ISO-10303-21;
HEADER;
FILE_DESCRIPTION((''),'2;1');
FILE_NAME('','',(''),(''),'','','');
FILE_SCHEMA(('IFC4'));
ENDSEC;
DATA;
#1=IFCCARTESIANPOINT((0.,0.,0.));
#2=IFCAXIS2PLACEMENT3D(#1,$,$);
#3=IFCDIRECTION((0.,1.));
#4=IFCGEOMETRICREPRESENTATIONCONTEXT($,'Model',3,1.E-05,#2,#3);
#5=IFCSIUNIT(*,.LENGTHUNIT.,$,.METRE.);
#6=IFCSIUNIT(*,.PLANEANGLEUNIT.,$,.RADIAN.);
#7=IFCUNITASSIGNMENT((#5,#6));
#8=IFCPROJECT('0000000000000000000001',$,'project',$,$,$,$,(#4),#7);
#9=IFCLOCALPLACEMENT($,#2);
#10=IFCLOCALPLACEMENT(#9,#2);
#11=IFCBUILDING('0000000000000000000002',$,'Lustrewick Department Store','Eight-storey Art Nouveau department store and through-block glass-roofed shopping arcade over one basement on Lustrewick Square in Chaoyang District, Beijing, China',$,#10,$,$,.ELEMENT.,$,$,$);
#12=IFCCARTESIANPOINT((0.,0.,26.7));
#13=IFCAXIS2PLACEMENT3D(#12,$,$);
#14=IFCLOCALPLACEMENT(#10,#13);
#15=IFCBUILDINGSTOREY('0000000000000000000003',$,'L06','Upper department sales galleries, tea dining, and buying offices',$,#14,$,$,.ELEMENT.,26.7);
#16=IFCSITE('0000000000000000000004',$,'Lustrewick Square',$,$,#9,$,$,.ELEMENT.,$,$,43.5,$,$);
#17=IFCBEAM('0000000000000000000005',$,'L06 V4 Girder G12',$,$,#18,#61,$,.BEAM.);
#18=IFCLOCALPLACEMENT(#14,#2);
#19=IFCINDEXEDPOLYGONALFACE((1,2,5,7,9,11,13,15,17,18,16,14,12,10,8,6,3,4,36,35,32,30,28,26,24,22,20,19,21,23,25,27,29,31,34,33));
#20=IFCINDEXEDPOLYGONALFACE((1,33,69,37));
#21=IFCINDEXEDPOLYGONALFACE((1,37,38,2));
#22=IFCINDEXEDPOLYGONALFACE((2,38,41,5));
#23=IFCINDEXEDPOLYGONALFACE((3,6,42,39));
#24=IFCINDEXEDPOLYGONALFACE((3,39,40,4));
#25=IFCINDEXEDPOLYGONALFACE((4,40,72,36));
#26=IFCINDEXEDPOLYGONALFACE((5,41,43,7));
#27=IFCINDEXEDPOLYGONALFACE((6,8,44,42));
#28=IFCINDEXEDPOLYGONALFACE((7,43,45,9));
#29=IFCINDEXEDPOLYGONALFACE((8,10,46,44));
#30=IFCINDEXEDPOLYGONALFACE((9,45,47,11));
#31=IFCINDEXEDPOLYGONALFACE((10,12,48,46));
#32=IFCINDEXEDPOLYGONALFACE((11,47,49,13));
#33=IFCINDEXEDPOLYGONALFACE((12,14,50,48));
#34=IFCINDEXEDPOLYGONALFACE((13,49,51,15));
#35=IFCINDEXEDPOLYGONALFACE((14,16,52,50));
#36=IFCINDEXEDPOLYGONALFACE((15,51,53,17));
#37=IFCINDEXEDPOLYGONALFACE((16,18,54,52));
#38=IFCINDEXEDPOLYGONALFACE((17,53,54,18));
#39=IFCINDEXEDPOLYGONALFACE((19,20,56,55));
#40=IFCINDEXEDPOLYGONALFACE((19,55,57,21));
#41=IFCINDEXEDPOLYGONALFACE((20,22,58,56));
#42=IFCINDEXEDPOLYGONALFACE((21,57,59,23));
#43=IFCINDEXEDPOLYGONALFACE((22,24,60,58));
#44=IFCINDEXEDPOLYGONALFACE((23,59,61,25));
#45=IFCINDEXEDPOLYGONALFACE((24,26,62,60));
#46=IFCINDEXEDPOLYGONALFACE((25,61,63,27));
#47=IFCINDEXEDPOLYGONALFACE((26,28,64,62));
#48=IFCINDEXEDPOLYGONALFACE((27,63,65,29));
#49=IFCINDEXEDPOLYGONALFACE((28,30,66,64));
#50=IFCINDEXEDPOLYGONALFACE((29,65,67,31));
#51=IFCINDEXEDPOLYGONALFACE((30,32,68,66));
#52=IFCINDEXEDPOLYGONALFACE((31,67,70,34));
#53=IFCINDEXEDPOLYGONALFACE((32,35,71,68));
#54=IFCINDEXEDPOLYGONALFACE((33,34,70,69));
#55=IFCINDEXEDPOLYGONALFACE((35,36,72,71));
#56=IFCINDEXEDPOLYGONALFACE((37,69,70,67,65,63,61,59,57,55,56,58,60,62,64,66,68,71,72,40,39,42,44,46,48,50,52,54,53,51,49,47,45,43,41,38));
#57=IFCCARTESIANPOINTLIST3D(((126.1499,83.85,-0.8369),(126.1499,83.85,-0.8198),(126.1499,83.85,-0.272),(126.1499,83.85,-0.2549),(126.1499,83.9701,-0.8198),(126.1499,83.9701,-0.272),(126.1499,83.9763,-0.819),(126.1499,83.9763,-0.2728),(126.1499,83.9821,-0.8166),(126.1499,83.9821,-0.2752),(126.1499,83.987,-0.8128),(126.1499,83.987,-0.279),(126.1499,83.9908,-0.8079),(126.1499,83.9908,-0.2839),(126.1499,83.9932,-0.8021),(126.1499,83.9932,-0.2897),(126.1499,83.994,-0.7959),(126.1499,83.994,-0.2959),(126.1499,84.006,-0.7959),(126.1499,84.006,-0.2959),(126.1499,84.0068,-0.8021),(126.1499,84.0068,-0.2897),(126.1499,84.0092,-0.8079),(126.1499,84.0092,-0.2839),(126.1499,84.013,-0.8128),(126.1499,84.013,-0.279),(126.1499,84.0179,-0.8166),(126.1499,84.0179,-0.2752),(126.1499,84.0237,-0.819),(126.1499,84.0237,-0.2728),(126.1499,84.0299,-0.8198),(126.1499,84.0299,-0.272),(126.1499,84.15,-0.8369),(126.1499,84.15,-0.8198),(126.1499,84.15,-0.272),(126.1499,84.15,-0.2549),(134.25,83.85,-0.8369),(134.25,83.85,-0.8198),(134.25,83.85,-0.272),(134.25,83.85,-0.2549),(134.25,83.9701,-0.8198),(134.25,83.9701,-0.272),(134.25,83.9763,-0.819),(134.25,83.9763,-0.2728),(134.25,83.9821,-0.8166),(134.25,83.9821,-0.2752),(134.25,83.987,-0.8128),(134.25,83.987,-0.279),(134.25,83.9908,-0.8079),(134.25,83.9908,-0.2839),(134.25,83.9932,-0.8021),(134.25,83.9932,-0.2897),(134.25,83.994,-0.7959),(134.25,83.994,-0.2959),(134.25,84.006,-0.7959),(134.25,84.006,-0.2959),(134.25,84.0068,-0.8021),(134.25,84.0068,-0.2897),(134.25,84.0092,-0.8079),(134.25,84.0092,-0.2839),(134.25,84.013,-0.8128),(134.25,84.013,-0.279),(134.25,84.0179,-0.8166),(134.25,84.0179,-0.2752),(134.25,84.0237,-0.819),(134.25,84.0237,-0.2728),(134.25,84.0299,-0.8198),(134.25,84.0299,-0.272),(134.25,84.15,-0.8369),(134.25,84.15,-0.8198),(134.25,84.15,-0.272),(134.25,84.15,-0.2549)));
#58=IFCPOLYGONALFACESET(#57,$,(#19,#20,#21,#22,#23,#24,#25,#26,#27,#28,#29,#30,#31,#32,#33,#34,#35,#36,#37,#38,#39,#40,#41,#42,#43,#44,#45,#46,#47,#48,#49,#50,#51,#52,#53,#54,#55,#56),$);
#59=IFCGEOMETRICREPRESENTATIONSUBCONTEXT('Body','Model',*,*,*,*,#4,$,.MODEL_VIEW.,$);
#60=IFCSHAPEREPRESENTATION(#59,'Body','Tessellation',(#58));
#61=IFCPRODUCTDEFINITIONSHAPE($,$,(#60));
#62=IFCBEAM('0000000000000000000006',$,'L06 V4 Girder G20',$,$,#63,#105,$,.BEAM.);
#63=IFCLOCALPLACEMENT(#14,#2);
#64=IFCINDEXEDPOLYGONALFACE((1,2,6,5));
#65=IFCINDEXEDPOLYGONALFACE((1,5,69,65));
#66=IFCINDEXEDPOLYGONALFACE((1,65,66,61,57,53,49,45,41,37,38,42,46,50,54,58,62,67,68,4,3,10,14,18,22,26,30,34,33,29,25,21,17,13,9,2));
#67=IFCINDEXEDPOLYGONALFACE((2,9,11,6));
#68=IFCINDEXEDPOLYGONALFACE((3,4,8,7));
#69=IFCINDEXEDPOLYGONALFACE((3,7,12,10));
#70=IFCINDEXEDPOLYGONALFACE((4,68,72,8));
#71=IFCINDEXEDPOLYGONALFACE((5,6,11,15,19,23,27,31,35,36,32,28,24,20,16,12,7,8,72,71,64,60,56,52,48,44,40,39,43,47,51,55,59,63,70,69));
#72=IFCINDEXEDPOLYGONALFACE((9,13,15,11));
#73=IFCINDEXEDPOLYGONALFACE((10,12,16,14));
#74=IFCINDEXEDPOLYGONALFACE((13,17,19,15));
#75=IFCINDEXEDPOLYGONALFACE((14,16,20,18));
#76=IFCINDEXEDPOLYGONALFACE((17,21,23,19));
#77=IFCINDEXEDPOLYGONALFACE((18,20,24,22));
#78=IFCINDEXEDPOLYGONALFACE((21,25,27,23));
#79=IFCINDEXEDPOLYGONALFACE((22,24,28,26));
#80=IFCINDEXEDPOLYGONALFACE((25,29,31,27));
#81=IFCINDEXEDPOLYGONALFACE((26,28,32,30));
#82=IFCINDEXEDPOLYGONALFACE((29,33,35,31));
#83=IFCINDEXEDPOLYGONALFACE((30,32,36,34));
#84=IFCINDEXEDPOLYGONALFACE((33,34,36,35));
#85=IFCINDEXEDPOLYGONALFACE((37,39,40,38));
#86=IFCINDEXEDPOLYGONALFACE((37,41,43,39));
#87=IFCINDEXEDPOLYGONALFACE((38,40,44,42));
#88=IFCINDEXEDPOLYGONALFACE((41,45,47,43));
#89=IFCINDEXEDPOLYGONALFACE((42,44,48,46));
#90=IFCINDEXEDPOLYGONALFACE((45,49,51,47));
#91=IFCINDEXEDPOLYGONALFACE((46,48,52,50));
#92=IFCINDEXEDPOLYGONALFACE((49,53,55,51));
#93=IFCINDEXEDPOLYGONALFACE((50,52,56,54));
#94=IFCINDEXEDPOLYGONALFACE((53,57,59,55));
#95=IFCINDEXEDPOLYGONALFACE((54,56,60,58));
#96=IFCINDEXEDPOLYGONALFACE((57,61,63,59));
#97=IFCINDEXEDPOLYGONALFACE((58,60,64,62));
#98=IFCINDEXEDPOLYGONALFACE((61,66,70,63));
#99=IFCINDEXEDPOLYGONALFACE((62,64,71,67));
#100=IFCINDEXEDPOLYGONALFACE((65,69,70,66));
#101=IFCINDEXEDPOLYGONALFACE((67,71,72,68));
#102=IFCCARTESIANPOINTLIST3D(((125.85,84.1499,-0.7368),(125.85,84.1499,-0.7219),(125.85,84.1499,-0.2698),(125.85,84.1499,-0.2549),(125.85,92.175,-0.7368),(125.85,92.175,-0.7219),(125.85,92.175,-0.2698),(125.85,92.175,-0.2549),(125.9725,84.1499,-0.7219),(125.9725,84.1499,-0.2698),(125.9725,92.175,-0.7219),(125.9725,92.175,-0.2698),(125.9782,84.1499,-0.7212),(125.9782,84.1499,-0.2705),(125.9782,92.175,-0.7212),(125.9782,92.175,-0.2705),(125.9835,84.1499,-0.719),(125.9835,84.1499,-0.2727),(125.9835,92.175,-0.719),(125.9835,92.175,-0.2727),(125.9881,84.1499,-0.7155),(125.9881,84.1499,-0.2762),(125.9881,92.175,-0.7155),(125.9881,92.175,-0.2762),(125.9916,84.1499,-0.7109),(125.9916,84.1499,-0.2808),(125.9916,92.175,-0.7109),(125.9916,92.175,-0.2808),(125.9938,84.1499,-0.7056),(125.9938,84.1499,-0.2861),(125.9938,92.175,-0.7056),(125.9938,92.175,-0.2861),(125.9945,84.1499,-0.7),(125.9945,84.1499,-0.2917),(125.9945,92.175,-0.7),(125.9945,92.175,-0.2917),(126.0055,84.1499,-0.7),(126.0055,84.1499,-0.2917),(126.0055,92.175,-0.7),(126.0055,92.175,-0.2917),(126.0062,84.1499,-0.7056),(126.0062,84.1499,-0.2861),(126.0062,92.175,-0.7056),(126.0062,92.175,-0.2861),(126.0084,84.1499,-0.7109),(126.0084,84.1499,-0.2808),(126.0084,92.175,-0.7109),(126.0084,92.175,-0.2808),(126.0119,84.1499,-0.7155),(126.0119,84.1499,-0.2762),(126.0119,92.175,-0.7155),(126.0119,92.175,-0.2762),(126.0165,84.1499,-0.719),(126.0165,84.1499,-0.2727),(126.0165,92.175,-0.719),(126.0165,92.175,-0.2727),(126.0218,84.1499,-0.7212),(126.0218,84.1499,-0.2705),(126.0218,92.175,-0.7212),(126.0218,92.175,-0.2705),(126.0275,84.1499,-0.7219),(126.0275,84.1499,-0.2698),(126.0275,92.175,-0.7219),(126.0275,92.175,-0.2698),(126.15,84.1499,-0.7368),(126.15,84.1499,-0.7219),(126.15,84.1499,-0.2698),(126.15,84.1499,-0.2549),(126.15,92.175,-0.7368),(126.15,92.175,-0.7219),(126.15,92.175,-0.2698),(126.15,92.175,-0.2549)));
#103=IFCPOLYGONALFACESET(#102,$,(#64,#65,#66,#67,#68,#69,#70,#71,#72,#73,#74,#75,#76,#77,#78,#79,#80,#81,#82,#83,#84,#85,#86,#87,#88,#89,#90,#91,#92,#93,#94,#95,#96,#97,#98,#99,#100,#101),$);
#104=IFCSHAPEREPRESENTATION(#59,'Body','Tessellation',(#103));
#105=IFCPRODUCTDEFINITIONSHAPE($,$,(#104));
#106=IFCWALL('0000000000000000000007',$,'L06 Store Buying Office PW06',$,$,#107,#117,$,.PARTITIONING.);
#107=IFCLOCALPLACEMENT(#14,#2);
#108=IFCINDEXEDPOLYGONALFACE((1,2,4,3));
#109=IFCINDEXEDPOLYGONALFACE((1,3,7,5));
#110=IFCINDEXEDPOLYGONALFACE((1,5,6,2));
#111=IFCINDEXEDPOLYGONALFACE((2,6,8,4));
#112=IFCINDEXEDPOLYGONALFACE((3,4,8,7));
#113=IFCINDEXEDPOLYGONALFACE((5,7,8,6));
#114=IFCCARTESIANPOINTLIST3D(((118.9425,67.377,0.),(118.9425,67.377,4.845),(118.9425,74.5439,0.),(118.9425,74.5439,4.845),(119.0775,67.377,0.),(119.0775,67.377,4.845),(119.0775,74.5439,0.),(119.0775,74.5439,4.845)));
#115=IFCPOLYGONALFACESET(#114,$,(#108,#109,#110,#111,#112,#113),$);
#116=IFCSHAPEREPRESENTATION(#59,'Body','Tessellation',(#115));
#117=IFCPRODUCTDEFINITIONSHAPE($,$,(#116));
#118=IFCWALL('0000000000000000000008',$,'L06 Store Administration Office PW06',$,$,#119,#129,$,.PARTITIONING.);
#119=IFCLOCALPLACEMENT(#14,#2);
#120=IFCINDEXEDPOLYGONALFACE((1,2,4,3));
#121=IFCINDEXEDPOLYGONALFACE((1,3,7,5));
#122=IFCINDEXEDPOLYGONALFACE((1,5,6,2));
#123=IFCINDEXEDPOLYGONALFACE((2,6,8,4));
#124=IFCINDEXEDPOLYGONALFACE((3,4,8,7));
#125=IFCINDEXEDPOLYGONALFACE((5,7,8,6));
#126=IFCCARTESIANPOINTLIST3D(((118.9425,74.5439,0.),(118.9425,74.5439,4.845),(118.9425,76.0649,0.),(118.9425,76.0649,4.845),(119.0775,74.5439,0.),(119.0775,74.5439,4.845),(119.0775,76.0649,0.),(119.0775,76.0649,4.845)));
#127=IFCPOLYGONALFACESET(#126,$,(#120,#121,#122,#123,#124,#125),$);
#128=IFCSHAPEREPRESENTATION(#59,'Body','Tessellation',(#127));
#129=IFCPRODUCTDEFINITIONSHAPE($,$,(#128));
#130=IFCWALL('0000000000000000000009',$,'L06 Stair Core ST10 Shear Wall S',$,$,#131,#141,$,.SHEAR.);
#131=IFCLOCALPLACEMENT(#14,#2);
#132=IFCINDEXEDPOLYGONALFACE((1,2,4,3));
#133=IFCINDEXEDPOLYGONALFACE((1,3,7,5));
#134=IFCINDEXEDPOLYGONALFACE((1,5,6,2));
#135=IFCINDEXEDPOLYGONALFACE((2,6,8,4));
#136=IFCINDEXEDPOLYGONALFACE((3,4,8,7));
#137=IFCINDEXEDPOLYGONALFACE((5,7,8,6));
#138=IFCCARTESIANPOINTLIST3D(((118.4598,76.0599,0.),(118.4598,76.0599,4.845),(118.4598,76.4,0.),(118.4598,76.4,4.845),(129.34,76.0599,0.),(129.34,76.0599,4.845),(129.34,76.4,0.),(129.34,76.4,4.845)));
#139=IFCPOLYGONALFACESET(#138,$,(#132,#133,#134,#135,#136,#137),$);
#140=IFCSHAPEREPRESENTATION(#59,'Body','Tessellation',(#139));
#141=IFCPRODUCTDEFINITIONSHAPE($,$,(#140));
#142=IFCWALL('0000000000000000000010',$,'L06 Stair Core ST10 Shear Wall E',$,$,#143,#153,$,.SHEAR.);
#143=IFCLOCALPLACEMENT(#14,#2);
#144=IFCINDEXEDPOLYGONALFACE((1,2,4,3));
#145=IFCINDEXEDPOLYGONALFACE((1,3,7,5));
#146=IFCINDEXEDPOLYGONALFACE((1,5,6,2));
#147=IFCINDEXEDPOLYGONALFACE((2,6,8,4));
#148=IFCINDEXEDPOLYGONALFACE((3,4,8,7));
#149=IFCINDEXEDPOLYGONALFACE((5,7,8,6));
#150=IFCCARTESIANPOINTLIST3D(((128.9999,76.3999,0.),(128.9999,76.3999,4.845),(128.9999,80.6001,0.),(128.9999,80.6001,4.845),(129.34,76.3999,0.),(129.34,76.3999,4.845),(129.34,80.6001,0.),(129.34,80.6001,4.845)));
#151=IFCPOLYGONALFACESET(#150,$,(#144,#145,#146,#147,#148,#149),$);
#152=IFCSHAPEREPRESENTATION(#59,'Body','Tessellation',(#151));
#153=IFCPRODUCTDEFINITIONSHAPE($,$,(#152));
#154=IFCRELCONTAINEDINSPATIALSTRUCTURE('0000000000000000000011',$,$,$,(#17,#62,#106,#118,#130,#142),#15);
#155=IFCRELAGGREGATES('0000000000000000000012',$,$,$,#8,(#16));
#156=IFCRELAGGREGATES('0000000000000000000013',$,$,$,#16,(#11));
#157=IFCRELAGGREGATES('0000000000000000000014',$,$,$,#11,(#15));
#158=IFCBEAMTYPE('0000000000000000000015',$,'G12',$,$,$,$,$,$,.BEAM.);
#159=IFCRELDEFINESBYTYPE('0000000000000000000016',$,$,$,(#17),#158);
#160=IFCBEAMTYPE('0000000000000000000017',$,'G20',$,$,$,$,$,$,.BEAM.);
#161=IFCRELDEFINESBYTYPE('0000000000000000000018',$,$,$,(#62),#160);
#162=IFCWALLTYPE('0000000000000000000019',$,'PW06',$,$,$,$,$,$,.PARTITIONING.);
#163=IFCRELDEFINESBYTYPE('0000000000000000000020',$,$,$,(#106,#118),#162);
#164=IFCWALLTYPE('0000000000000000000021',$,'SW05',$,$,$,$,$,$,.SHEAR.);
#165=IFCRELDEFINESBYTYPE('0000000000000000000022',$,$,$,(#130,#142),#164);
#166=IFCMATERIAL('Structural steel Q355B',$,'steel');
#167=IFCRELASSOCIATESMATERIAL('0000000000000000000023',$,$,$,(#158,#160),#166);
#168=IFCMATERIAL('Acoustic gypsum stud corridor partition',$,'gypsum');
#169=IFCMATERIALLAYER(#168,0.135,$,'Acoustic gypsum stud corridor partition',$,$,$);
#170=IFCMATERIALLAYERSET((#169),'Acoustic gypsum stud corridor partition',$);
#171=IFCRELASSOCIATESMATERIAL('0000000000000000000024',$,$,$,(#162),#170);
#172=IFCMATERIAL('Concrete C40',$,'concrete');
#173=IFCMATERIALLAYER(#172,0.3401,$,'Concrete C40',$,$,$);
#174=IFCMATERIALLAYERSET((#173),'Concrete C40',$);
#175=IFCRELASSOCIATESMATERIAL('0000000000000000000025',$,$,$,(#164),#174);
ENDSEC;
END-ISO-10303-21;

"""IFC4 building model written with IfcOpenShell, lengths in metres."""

from ifc_helpers import new_model, si_unit, direction, frame, frame_2d, origin, origin_2d, place, context, subcontext, project, spatial, rectangle, i_section, extrude, material, layer, layer_set, material_profile, profile_set, type_object, element, save


model = new_model("IFC4")

# Units and contexts
model_context = context("Model", 3, precision=1e-05, world=origin(), true_north=direction((0.0, 1.0)))
body_context = subcontext(model_context, "Body", "Model", "MODEL_VIEW")
ifc_project = project(units=[si_unit("LENGTHUNIT", "METRE"), si_unit("PLANEANGLEUNIT", "RADIAN")], contexts=[model_context])

# Site, building, storey
site_placement = place(None, origin())
site = spatial("IfcSite", under=ifc_project, at=site_placement, Name="Lustrewick Square", CompositionType="ELEMENT", RefElevation=43.5)
building_placement = place(site_placement, origin())
building = spatial("IfcBuilding", under=site, at=building_placement, Name="Lustrewick Department Store", Description="Eight-storey Art Nouveau department store and through-block glass-roofed shopping arcade over one basement on Lustrewick Square in Chaoyang District, Beijing, China", CompositionType="ELEMENT")
storey_placement = place(building_placement, frame((0.0, 0.0, 26.7)))
storey = spatial("IfcBuildingStorey", under=building, at=storey_placement, Name="L06", Description="Upper department sales galleries, tea dining, and buying offices", CompositionType="ELEMENT", Elevation=26.7)

# Shared definitions
ifc_material_1 = material(Name="Structural steel Q355B", Category="steel")

# Beams
ifc_material_profile_1 = material_profile(ifc_material_1, i_section(OverallWidth=0.3, OverallDepth=0.582, WebThickness=0.012, FlangeThickness=0.0171, FilletRadius=0.0239, at=origin_2d()), Name="HM 582x300x12x17")
ifc_profile_set_1 = profile_set([ifc_material_profile_1], Name="Structural steel Q355B")
beam_type_1 = type_object("IfcBeamType", Name="G12", PredefinedType="BEAM", material=ifc_profile_set_1)
for number, where, z_axis, x_axis, name in (
    (1, (126.1499, 84.0, -0.5459), (1.0, 0.0, 0.0), (0.0, 1.0, 0.0), "L06 V4 Girder G12"),
):
    element("IfcBeam", number, at=place(storey_placement, frame(where, z_axis=z_axis, x_axis=x_axis)), inside=storey, type_object=beam_type_1, Name=name, PredefinedType="BEAM", context=body_context, shape_type="SweptSolid", body=[
        extrude(i_section(OverallWidth=0.3, OverallDepth=0.582, WebThickness=0.012, FlangeThickness=0.0171, FilletRadius=0.0239, at=origin_2d()), origin(), (0.0, 0.0, 1.0), 8.1001),
    ])
ifc_material_profile_2 = material_profile(ifc_material_1, i_section(OverallWidth=0.3, OverallDepth=0.4819, WebThickness=0.011, FlangeThickness=0.0149, FilletRadius=0.022, at=origin_2d()), Name="HM 482x300x11x15")
ifc_profile_set_2 = profile_set([ifc_material_profile_2], Name="Structural steel Q355B")
beam_type_2 = type_object("IfcBeamType", Name="G20", PredefinedType="BEAM", material=ifc_profile_set_2)
beam_1_placement = place(storey_placement, frame((126.0, 84.1499, -0.4958), z_axis=(0.0, 1.0, 0.0), x_axis=(-1.0, 0.0, 0.0)))
element("IfcBeam", 2, at=beam_1_placement, inside=storey, type_object=beam_type_2, Name="L06 V4 Girder G20", PredefinedType="BEAM", context=body_context, shape_type="SweptSolid", body=[
    extrude(i_section(OverallWidth=0.3, OverallDepth=0.4819, WebThickness=0.011, FlangeThickness=0.0149, FilletRadius=0.022, at=origin_2d()), origin(), (0.0, 0.0, 1.0), 8.0251),
])

# Walls
ifc_material_2 = material(Name="Acoustic gypsum stud corridor partition", Category="gypsum")
ifc_layer_1 = layer(ifc_material_2, 0.135, Name="Acoustic gypsum stud corridor partition")
ifc_layer_set_1 = layer_set([ifc_layer_1], Name="Acoustic gypsum stud corridor partition")
wall_type_1 = type_object("IfcWallType", Name="PW06", PredefinedType="PARTITIONING", material=ifc_layer_set_1)
wall_1_placement = place(storey_placement, frame((119.01, 74.5439, 0.0), z_axis=(0.0, 0.0, 1.0), x_axis=(0.0, -1.0, 0.0)))
element("IfcWall", 3, at=wall_1_placement, inside=storey, type_object=wall_type_1, Name="L06 Store Buying Office PW06", PredefinedType="PARTITIONING", context=body_context, shape_type="SweptSolid", body=[
    extrude(rectangle(XDim=7.167, YDim=0.135, at=frame_2d((3.5835, 0.0))), origin(), (0.0, 0.0, 1.0), 4.845),
])
wall_2_placement = place(storey_placement, frame((119.01, 76.0649, 0.0), z_axis=(0.0, 0.0, 1.0), x_axis=(0.0, -1.0, 0.0)))
element("IfcWall", 4, at=wall_2_placement, inside=storey, type_object=wall_type_1, Name="L06 Store Administration Office PW06", PredefinedType="PARTITIONING", context=body_context, shape_type="SweptSolid", body=[
    extrude(rectangle(XDim=1.521, YDim=0.135, at=frame_2d((0.7605, 0.0))), origin(), (0.0, 0.0, 1.0), 4.845),
])
ifc_material_3 = material(Name="Concrete C40", Category="concrete")
ifc_layer_2 = layer(ifc_material_3, 0.3401, Name="Concrete C40")
ifc_layer_set_2 = layer_set([ifc_layer_2], Name="Concrete C40")
wall_type_2 = type_object("IfcWallType", Name="SW05", PredefinedType="SHEAR", material=ifc_layer_set_2)
wall_3_placement = place(storey_placement, frame((118.46, 76.23, 0.0), z_axis=(0.0, 0.0, 1.0), x_axis=(1.0, 0.0, 0.0)))
element("IfcWall", 5, at=wall_3_placement, inside=storey, type_object=wall_type_2, Name="L06 Stair Core ST10 Shear Wall S", PredefinedType="SHEAR", context=body_context, shape_type="SweptSolid", body=[
    extrude(rectangle(XDim=10.8801, YDim=0.3401, at=frame_2d((5.4399, 0.0))), origin(), (0.0, 0.0, 1.0), 4.845),
])
wall_4_placement = place(storey_placement, frame((129.1699, 76.3999, 0.0), z_axis=(0.0, 0.0, 1.0), x_axis=(0.0, 1.0, 0.0)))
element("IfcWall", 6, at=wall_4_placement, inside=storey, type_object=wall_type_2, Name="L06 Stair Core ST10 Shear Wall E", PredefinedType="SHEAR", context=body_context, shape_type="SweptSolid", body=[
    extrude(rectangle(XDim=4.2002, YDim=0.3401, at=frame_2d((2.1001, 0.0))), origin(), (0.0, 0.0, 1.0), 4.845),
])

save(model, "model.ifc")
